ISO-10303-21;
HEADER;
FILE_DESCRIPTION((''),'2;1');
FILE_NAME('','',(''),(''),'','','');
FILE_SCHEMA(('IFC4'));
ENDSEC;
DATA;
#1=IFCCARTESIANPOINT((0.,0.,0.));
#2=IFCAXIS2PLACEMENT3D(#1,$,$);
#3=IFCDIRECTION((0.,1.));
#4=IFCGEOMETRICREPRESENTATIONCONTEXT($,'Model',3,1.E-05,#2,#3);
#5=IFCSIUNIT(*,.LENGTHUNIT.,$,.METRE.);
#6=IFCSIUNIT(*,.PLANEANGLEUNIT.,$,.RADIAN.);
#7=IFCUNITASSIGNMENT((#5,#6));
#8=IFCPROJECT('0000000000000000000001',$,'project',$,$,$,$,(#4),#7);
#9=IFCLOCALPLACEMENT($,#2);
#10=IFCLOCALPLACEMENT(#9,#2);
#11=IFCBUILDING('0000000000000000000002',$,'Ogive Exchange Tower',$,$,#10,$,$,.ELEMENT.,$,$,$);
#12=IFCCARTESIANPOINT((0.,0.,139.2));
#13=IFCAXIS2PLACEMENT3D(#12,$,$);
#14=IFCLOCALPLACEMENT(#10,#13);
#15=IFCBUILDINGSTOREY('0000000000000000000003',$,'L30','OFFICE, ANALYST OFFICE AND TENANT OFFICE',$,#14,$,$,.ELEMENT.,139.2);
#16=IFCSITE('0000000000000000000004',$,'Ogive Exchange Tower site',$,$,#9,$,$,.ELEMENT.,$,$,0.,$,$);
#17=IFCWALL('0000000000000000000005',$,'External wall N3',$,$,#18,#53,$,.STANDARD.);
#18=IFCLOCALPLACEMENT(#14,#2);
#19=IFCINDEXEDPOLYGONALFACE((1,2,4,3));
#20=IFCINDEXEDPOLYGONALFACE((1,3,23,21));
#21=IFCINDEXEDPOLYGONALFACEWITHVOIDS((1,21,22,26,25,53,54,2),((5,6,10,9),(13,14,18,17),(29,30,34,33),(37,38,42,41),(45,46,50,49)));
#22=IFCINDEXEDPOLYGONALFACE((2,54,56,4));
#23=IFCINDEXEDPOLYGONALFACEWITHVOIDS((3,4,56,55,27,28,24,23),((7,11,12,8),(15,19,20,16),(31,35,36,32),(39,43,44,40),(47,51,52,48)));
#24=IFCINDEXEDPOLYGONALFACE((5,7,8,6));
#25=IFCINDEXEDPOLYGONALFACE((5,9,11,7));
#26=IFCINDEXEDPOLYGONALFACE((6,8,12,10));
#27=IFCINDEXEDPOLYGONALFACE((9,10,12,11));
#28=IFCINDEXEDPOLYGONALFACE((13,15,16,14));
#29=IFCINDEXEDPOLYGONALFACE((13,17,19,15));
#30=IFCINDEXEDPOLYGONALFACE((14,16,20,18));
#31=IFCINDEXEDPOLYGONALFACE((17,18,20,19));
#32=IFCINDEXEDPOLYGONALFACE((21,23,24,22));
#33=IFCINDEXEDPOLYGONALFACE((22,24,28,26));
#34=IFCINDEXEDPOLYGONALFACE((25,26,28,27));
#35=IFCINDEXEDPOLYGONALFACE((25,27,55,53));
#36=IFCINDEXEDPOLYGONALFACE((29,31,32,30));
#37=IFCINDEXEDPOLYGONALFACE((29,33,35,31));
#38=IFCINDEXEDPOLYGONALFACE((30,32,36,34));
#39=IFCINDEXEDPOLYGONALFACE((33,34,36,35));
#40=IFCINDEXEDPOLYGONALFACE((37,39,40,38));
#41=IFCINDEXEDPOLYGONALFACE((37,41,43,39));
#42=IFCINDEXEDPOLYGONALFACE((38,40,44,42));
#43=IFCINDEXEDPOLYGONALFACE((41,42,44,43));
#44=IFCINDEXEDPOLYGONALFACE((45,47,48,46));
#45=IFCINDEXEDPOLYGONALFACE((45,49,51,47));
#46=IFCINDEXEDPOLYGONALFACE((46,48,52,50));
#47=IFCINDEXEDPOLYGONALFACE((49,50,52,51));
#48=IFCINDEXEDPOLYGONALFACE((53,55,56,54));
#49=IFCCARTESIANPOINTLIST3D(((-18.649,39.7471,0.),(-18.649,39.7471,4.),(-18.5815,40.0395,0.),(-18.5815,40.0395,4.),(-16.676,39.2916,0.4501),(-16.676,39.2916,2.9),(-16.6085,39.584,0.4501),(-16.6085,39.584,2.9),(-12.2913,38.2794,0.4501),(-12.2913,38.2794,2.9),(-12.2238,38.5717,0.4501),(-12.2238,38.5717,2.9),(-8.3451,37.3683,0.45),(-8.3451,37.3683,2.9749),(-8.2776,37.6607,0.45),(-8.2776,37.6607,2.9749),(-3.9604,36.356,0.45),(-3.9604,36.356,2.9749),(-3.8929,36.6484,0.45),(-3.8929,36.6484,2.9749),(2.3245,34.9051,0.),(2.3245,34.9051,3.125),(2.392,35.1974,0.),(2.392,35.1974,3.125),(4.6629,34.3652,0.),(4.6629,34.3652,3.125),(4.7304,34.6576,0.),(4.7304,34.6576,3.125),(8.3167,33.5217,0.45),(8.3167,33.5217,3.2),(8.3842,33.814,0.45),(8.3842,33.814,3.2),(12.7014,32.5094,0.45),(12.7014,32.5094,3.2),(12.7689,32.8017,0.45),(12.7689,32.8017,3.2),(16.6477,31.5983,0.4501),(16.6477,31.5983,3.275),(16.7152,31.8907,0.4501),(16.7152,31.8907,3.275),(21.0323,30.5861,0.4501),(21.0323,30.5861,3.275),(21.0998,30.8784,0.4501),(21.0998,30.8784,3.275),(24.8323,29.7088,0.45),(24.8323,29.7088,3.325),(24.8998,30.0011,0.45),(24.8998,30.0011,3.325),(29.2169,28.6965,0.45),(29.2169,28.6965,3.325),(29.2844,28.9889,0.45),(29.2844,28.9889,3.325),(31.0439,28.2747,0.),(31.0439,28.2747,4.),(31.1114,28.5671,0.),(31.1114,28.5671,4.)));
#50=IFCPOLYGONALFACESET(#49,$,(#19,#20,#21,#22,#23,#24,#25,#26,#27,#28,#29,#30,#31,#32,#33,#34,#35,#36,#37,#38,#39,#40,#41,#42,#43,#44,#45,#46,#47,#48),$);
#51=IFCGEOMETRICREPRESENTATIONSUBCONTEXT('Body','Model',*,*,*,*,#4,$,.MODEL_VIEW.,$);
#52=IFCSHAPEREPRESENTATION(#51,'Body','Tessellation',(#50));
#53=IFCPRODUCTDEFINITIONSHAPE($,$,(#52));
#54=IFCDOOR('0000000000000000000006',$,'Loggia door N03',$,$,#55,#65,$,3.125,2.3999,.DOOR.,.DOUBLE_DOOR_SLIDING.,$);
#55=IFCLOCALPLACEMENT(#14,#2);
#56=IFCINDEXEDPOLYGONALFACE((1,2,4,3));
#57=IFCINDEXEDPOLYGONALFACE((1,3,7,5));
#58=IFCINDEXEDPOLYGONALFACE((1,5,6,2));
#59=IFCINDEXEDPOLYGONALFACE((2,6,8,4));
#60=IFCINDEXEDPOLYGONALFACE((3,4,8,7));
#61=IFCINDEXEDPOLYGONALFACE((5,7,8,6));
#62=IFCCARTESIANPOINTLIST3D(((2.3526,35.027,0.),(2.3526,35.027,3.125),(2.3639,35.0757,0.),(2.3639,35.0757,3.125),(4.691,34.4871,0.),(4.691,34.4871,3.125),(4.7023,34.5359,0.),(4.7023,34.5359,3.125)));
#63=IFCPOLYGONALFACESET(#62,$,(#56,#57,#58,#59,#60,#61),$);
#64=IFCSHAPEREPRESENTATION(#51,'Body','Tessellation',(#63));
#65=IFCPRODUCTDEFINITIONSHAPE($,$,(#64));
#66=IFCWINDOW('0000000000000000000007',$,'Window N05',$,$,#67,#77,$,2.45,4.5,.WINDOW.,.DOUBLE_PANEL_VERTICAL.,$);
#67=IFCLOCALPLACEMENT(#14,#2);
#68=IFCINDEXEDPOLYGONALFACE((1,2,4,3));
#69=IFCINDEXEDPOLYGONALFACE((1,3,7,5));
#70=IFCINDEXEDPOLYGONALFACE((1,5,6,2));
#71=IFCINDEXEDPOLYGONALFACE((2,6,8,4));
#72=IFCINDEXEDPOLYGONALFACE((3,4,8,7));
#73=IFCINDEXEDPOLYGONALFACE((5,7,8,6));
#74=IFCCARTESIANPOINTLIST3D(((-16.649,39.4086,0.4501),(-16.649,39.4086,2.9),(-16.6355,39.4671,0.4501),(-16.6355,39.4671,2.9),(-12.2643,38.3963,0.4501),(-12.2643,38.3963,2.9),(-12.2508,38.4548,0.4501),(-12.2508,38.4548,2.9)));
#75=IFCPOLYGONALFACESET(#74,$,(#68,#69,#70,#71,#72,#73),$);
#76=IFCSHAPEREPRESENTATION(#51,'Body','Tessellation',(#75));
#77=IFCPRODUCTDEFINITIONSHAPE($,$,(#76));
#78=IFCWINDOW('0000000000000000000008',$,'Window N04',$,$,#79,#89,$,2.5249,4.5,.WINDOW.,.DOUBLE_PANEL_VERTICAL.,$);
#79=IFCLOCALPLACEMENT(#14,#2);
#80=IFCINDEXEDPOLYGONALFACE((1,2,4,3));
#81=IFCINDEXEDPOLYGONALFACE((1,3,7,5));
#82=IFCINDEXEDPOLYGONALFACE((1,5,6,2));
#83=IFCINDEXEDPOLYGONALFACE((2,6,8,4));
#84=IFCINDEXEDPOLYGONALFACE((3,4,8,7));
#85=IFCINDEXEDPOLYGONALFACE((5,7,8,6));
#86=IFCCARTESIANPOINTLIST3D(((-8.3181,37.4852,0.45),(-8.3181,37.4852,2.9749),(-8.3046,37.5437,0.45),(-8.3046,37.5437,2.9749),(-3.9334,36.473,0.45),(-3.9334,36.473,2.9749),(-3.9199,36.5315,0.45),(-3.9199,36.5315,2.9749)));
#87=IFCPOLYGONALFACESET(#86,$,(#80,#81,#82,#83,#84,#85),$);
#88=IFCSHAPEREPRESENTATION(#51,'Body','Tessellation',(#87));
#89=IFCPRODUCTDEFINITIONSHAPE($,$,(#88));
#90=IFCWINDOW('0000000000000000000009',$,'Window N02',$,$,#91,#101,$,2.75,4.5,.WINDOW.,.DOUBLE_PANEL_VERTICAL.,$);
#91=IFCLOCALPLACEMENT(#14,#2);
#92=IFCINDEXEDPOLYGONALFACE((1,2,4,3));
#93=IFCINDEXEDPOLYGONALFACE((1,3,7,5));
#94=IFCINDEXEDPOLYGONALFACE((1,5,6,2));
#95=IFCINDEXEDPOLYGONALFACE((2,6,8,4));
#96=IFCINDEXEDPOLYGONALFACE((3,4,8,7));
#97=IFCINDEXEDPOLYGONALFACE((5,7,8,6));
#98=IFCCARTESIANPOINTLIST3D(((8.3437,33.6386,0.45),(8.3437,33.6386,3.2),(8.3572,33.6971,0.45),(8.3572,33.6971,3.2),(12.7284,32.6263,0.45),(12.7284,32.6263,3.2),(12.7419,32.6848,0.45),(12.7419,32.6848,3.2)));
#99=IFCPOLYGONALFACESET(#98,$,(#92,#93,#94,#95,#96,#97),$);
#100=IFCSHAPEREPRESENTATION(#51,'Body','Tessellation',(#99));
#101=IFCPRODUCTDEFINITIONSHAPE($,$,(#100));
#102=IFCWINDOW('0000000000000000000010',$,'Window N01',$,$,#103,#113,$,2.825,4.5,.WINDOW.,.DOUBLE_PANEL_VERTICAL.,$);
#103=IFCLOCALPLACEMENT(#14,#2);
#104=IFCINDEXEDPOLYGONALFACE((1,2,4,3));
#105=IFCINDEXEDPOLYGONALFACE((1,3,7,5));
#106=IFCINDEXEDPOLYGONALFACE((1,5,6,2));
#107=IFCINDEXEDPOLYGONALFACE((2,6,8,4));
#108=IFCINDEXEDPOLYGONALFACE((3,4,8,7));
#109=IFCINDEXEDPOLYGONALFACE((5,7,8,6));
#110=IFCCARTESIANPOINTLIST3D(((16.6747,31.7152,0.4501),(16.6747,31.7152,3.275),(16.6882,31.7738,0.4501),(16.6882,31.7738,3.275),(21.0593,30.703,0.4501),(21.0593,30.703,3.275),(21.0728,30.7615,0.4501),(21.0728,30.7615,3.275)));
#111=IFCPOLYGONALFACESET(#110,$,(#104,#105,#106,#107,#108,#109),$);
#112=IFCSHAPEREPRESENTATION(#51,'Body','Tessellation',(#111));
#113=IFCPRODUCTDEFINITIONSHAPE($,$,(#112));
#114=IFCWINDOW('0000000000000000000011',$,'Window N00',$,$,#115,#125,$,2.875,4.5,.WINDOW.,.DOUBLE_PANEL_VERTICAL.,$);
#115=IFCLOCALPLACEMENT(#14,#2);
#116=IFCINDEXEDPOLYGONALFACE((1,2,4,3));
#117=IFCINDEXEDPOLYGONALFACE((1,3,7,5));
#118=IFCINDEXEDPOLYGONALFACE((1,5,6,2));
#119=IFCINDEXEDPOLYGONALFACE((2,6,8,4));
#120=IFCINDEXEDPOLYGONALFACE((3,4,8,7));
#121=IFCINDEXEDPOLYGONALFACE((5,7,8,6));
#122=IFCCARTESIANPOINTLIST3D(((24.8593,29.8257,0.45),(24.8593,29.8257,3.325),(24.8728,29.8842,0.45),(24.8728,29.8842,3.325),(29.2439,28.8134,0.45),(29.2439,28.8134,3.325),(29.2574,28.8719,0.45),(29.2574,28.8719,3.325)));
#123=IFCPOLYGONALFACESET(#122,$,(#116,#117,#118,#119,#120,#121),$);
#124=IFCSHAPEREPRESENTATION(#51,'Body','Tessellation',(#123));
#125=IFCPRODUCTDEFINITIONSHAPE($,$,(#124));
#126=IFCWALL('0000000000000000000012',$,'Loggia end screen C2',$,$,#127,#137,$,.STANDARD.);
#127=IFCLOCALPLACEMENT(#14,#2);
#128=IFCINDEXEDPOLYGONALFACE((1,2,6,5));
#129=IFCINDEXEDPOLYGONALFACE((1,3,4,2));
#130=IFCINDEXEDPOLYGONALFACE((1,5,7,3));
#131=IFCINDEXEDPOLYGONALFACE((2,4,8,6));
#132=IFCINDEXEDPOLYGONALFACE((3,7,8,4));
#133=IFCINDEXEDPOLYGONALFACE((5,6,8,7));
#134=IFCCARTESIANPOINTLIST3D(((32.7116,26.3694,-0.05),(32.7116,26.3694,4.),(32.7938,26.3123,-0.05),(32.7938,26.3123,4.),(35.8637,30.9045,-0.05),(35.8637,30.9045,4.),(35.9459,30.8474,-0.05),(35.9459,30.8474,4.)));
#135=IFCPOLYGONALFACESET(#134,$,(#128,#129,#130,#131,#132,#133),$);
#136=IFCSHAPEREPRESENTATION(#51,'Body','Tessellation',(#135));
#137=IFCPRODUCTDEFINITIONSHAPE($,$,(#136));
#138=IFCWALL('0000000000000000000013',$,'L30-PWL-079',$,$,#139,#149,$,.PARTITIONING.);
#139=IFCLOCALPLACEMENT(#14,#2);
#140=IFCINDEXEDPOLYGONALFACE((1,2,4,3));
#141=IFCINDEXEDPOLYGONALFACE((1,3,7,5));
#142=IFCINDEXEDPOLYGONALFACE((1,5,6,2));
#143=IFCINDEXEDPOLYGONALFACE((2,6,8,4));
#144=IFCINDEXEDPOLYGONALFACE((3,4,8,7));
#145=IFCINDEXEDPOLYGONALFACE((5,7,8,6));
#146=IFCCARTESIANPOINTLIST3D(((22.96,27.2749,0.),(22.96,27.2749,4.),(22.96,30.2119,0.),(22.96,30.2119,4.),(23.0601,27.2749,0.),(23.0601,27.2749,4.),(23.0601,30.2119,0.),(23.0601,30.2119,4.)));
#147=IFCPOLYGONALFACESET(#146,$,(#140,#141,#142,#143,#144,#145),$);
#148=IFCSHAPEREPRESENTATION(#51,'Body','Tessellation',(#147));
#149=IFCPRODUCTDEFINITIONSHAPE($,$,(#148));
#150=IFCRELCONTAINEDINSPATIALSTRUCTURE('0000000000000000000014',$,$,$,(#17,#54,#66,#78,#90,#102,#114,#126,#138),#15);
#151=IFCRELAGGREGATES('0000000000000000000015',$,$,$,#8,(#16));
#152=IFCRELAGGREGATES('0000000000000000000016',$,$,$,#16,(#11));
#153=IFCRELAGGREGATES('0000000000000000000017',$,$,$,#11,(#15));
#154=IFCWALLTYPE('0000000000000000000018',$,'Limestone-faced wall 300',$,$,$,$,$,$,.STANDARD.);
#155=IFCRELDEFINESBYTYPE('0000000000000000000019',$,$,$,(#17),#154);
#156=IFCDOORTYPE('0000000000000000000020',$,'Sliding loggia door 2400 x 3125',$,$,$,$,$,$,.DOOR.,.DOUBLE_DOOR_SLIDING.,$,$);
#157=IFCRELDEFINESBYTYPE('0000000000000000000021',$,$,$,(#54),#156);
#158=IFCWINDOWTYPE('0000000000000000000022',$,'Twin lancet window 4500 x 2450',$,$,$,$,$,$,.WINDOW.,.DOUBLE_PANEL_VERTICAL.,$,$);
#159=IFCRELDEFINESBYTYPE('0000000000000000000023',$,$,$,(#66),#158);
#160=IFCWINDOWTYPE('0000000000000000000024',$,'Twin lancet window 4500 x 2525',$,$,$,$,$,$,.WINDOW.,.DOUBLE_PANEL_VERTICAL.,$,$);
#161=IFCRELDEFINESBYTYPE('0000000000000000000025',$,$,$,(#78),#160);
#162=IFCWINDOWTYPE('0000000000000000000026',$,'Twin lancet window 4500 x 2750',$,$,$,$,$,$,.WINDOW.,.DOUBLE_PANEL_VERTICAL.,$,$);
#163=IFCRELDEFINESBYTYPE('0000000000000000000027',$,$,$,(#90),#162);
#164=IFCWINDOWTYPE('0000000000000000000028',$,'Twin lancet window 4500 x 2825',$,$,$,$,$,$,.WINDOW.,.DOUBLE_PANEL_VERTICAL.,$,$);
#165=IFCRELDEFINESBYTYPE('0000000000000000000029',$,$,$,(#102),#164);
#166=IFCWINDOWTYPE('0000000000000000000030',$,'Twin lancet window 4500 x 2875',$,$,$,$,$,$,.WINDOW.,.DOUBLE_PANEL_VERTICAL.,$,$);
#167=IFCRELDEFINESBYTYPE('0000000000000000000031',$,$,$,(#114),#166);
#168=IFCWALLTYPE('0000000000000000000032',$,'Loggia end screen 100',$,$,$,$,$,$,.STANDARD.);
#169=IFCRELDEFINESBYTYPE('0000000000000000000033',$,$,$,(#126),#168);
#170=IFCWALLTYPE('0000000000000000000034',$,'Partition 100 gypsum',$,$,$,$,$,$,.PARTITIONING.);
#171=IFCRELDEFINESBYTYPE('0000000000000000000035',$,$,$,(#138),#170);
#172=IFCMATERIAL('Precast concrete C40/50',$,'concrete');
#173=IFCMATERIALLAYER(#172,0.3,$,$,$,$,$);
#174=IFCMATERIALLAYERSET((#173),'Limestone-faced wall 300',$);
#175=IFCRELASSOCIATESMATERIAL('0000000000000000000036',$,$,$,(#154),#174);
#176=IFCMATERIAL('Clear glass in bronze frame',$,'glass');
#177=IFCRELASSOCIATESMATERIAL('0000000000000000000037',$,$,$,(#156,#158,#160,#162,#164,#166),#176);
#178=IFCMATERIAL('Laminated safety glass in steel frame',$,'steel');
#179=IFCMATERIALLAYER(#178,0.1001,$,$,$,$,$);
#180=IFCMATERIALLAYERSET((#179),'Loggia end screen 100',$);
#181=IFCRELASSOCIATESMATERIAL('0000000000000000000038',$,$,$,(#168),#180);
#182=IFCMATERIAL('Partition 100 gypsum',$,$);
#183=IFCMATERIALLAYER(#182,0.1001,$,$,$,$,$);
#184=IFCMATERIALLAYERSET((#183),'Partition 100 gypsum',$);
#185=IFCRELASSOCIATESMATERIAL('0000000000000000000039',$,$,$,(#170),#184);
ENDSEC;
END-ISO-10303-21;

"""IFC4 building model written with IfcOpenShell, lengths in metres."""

from ifc_helpers import new_model, si_unit, direction, frame, frame_2d, origin, place, context, subcontext, project, spatial, rectangle, extrude, material, layer, layer_set, type_object, element, fill, save


model = new_model("IFC4")

# Units and contexts
model_context = context("Model", 3, precision=1e-05, world=origin(), true_north=direction((0.0, 1.0)))
body_context = subcontext(model_context, "Body", "Model", "MODEL_VIEW")
ifc_project = project(units=[si_unit("LENGTHUNIT", "METRE"), si_unit("PLANEANGLEUNIT", "RADIAN")], contexts=[model_context])

# Site, building, storey
site_placement = place(None, origin())
site = spatial("IfcSite", under=ifc_project, at=site_placement, Name="Ogive Exchange Tower site", CompositionType="ELEMENT", RefElevation=0.0)
building_placement = place(site_placement, origin())
building = spatial("IfcBuilding", under=site, at=building_placement, Name="Ogive Exchange Tower", CompositionType="ELEMENT")
storey_placement = place(building_placement, frame((0.0, 0.0, 139.2)))
storey = spatial("IfcBuildingStorey", under=building, at=storey_placement, Name="L30", Description="OFFICE, ANALYST OFFICE AND TENANT OFFICE", CompositionType="ELEMENT", Elevation=139.2)

# Wall, openings, door, windows
ifc_material_1 = material(Name="Precast concrete C40/50", Category="concrete")
ifc_layer_1 = layer(ifc_material_1, 0.3)
ifc_layer_set_1 = layer_set([ifc_layer_1], Name="Limestone-faced wall 300")
wall_type_1 = type_object("IfcWallType", Name="Limestone-faced wall 300", PredefinedType="STANDARD", material=ifc_layer_set_1)
wall_1_placement = place(storey_placement, frame((31.0776, 28.4209, 0.0), z_axis=(0.0, 0.0, 1.0), x_axis=(-0.97437, 0.224949, 0.0)))
wall_1 = element("IfcWall", 1, at=wall_1_placement, inside=storey, type_object=wall_type_1, Name="External wall N3", PredefinedType="STANDARD", context=body_context, shape_type="SweptSolid", body=[
    extrude(rectangle(XDim=51.0, YDim=0.3, at=frame_2d((25.5, 0.0))), origin(), (0.0, 0.0, 1.0), 4.0),
])
opening_1_placement = place(wall_1_placement, frame((1.875, 0.0, 0.45)))
opening_1 = element("IfcOpeningElement", 2, at=opening_1_placement, cuts=wall_1, PredefinedType="OPENING", context=body_context, shape_type="SweptSolid", body=[
    extrude(rectangle(XDim=4.5, YDim=2.875, at=frame_2d((2.25, 1.4375))), frame((0.0, 0.1599, 0.0), z_axis=(0.0, -1.0, 0.0), x_axis=(1.0, 0.0, 0.0)), (0.0, 0.0, 1.0), 0.3201),
])
opening_2_placement = place(wall_1_placement, frame((10.2749, 0.0, 0.45)))
opening_2 = element("IfcOpeningElement", 3, at=opening_2_placement, cuts=wall_1, PredefinedType="OPENING", context=body_context, shape_type="SweptSolid", body=[
    extrude(rectangle(XDim=4.5, YDim=2.825, at=frame_2d((2.25, 1.4126))), frame((0.0, 0.1599, 0.0), z_axis=(0.0, -1.0, 0.0), x_axis=(1.0, 0.0, 0.0)), (0.0, 0.0, 1.0), 0.3201),
])
opening_3_placement = place(wall_1_placement, frame((18.825, 0.0, 0.45)))
opening_3 = element("IfcOpeningElement", 4, at=opening_3_placement, cuts=wall_1, PredefinedType="OPENING", context=body_context, shape_type="SweptSolid", body=[
    extrude(rectangle(XDim=4.5, YDim=2.75, at=frame_2d((2.25, 1.375))), frame((0.0, 0.1599, 0.0), z_axis=(0.0, -1.0, 0.0), x_axis=(1.0, 0.0, 0.0)), (0.0, 0.0, 1.0), 0.3201),
])
opening_4_placement = place(wall_1_placement, frame((27.075, 0.0, 0.0)))
opening_4 = element("IfcOpeningElement", 5, at=opening_4_placement, cuts=wall_1, PredefinedType="OPENING", context=body_context, shape_type="SweptSolid", body=[
    extrude(rectangle(XDim=2.3999, YDim=3.125, at=frame_2d((1.2, 1.5625))), frame((0.0, 0.1599, 0.0), z_axis=(0.0, -1.0, 0.0), x_axis=(1.0, 0.0, 0.0)), (0.0, 0.0, 1.0), 0.3201),
])
opening_5_placement = place(wall_1_placement, frame((35.925, 0.0, 0.45)))
opening_5 = element("IfcOpeningElement", 6, at=opening_5_placement, cuts=wall_1, PredefinedType="OPENING", context=body_context, shape_type="SweptSolid", body=[
    extrude(rectangle(XDim=4.5, YDim=2.5249, at=frame_2d((2.25, 1.2625))), frame((0.0, 0.1599, 0.0), z_axis=(0.0, -1.0, 0.0), x_axis=(1.0, 0.0, 0.0)), (0.0, 0.0, 1.0), 0.3201),
])
opening_6_placement = place(wall_1_placement, frame((44.4751, 0.0, 0.45)))
opening_6 = element("IfcOpeningElement", 7, at=opening_6_placement, cuts=wall_1, PredefinedType="OPENING", context=body_context, shape_type="SweptSolid", body=[
    extrude(rectangle(XDim=4.5, YDim=2.45, at=frame_2d((2.25, 1.2251))), frame((0.0, 0.1599, 0.0), z_axis=(0.0, -1.0, 0.0), x_axis=(1.0, 0.0, 0.0)), (0.0, 0.0, 1.0), 0.3201),
])
ifc_material_2 = material(Name="Clear glass in bronze frame", Category="glass")
door_type_1 = type_object("IfcDoorType", Name="Sliding loggia door 2400 x 3125", OperationType="DOUBLE_DOOR_SLIDING", PredefinedType="DOOR", material=ifc_material_2)
door_1_placement = place(opening_4_placement, origin())
door_1 = element("IfcDoor", 8, at=door_1_placement, inside=storey, type_object=door_type_1, Name="Loggia door N03", OperationType="DOUBLE_DOOR_SLIDING", OverallHeight=3.125, OverallWidth=2.3999, PredefinedType="DOOR", context=body_context, shape_type="SweptSolid", body=[
    extrude(rectangle(XDim=2.3999, YDim=3.125, at=frame_2d((1.2, 1.5625))), frame((0.0, 0.0249, 0.0), z_axis=(0.0, -1.0, 0.0), x_axis=(1.0, 0.0, 0.0)), (0.0, 0.0, 1.0), 0.05),
])
fill(opening_4, door_1)
window_type_1 = type_object("IfcWindowType", Name="Twin lancet window 4500 x 2450", PartitioningType="DOUBLE_PANEL_VERTICAL", PredefinedType="WINDOW", material=ifc_material_2)
window_1_placement = place(opening_6_placement, origin())
window_1 = element("IfcWindow", 9, at=window_1_placement, inside=storey, type_object=window_type_1, Name="Window N05", OverallHeight=2.45, OverallWidth=4.5, PartitioningType="DOUBLE_PANEL_VERTICAL", PredefinedType="WINDOW", context=body_context, shape_type="SweptSolid", body=[
    extrude(rectangle(XDim=4.5, YDim=2.45, at=frame_2d((2.25, 1.2251))), frame((0.0, 0.03, 0.0), z_axis=(0.0, -1.0, 0.0), x_axis=(1.0, 0.0, 0.0)), (0.0, 0.0, 1.0), 0.0601),
])
fill(opening_6, window_1)
window_type_2 = type_object("IfcWindowType", Name="Twin lancet window 4500 x 2525", PartitioningType="DOUBLE_PANEL_VERTICAL", PredefinedType="WINDOW", material=ifc_material_2)
window_2_placement = place(opening_5_placement, origin())
window_2 = element("IfcWindow", 10, at=window_2_placement, inside=storey, type_object=window_type_2, Name="Window N04", OverallHeight=2.5249, OverallWidth=4.5, PartitioningType="DOUBLE_PANEL_VERTICAL", PredefinedType="WINDOW", context=body_context, shape_type="SweptSolid", body=[
    extrude(rectangle(XDim=4.5, YDim=2.5249, at=frame_2d((2.25, 1.2625))), frame((0.0, 0.03, 0.0), z_axis=(0.0, -1.0, 0.0), x_axis=(1.0, 0.0, 0.0)), (0.0, 0.0, 1.0), 0.0601),
])
fill(opening_5, window_2)
window_type_3 = type_object("IfcWindowType", Name="Twin lancet window 4500 x 2750", PartitioningType="DOUBLE_PANEL_VERTICAL", PredefinedType="WINDOW", material=ifc_material_2)
window_3_placement = place(opening_3_placement, origin())
window_3 = element("IfcWindow", 11, at=window_3_placement, inside=storey, type_object=window_type_3, Name="Window N02", OverallHeight=2.75, OverallWidth=4.5, PartitioningType="DOUBLE_PANEL_VERTICAL", PredefinedType="WINDOW", context=body_context, shape_type="SweptSolid", body=[
    extrude(rectangle(XDim=4.5, YDim=2.75, at=frame_2d((2.25, 1.375))), frame((0.0, 0.03, 0.0), z_axis=(0.0, -1.0, 0.0), x_axis=(1.0, 0.0, 0.0)), (0.0, 0.0, 1.0), 0.0601),
])
fill(opening_3, window_3)
window_type_4 = type_object("IfcWindowType", Name="Twin lancet window 4500 x 2825", PartitioningType="DOUBLE_PANEL_VERTICAL", PredefinedType="WINDOW", material=ifc_material_2)
window_4_placement = place(opening_2_placement, origin())
window_4 = element("IfcWindow", 12, at=window_4_placement, inside=storey, type_object=window_type_4, Name="Window N01", OverallHeight=2.825, OverallWidth=4.5, PartitioningType="DOUBLE_PANEL_VERTICAL", PredefinedType="WINDOW", context=body_context, shape_type="SweptSolid", body=[
    extrude(rectangle(XDim=4.5, YDim=2.825, at=frame_2d((2.25, 1.4126))), frame((0.0, 0.03, 0.0), z_axis=(0.0, -1.0, 0.0), x_axis=(1.0, 0.0, 0.0)), (0.0, 0.0, 1.0), 0.0601),
])
fill(opening_2, window_4)
window_type_5 = type_object("IfcWindowType", Name="Twin lancet window 4500 x 2875", PartitioningType="DOUBLE_PANEL_VERTICAL", PredefinedType="WINDOW", material=ifc_material_2)
window_5_placement = place(opening_1_placement, origin())
window_5 = element("IfcWindow", 13, at=window_5_placement, inside=storey, type_object=window_type_5, Name="Window N00", OverallHeight=2.875, OverallWidth=4.5, PartitioningType="DOUBLE_PANEL_VERTICAL", PredefinedType="WINDOW", context=body_context, shape_type="SweptSolid", body=[
    extrude(rectangle(XDim=4.5, YDim=2.875, at=frame_2d((2.25, 1.4375))), frame((0.0, 0.03, 0.0), z_axis=(0.0, -1.0, 0.0), x_axis=(1.0, 0.0, 0.0)), (0.0, 0.0, 1.0), 0.0601),
])
fill(opening_1, window_5)

# Walls
ifc_material_3 = material(Name="Laminated safety glass in steel frame", Category="steel")
ifc_layer_2 = layer(ifc_material_3, 0.1001)
ifc_layer_set_2 = layer_set([ifc_layer_2], Name="Loggia end screen 100")
wall_type_2 = type_object("IfcWallType", Name="Loggia end screen 100", PredefinedType="STANDARD", material=ifc_layer_set_2)
wall_2_placement = place(storey_placement, frame((32.7527, 26.3408, -0.05), z_axis=(0.0, 0.0, 1.0), x_axis=(0.570724, 0.821142, 0.0)))
element("IfcWall", 14, at=wall_2_placement, inside=storey, type_object=wall_type_2, Name="Loggia end screen C2", PredefinedType="STANDARD", context=body_context, shape_type="SweptSolid", body=[
    extrude(rectangle(XDim=5.5229, YDim=0.1001, at=frame_2d((2.7615, 0.0))), origin(), (0.0, 0.0, 1.0), 4.05),
])
ifc_material_4 = material(Name="Partition 100 gypsum")
ifc_layer_3 = layer(ifc_material_4, 0.1001)
ifc_layer_set_3 = layer_set([ifc_layer_3], Name="Partition 100 gypsum")
wall_type_3 = type_object("IfcWallType", Name="Partition 100 gypsum", PredefinedType="PARTITIONING", material=ifc_layer_set_3)
wall_3_placement = place(storey_placement, frame((23.01, 30.2119, 0.0), z_axis=(0.0, 0.0, 1.0), x_axis=(0.0, -1.0, 0.0)))
element("IfcWall", 15, at=wall_3_placement, inside=storey, type_object=wall_type_3, Name="L30-PWL-079", PredefinedType="PARTITIONING", context=body_context, shape_type="SweptSolid", body=[
    extrude(rectangle(XDim=2.937, YDim=0.1001, at=frame_2d((1.4685, 0.0))), origin(), (0.0, 0.0, 1.0), 4.0),
])

save(model, "model.ifc")
